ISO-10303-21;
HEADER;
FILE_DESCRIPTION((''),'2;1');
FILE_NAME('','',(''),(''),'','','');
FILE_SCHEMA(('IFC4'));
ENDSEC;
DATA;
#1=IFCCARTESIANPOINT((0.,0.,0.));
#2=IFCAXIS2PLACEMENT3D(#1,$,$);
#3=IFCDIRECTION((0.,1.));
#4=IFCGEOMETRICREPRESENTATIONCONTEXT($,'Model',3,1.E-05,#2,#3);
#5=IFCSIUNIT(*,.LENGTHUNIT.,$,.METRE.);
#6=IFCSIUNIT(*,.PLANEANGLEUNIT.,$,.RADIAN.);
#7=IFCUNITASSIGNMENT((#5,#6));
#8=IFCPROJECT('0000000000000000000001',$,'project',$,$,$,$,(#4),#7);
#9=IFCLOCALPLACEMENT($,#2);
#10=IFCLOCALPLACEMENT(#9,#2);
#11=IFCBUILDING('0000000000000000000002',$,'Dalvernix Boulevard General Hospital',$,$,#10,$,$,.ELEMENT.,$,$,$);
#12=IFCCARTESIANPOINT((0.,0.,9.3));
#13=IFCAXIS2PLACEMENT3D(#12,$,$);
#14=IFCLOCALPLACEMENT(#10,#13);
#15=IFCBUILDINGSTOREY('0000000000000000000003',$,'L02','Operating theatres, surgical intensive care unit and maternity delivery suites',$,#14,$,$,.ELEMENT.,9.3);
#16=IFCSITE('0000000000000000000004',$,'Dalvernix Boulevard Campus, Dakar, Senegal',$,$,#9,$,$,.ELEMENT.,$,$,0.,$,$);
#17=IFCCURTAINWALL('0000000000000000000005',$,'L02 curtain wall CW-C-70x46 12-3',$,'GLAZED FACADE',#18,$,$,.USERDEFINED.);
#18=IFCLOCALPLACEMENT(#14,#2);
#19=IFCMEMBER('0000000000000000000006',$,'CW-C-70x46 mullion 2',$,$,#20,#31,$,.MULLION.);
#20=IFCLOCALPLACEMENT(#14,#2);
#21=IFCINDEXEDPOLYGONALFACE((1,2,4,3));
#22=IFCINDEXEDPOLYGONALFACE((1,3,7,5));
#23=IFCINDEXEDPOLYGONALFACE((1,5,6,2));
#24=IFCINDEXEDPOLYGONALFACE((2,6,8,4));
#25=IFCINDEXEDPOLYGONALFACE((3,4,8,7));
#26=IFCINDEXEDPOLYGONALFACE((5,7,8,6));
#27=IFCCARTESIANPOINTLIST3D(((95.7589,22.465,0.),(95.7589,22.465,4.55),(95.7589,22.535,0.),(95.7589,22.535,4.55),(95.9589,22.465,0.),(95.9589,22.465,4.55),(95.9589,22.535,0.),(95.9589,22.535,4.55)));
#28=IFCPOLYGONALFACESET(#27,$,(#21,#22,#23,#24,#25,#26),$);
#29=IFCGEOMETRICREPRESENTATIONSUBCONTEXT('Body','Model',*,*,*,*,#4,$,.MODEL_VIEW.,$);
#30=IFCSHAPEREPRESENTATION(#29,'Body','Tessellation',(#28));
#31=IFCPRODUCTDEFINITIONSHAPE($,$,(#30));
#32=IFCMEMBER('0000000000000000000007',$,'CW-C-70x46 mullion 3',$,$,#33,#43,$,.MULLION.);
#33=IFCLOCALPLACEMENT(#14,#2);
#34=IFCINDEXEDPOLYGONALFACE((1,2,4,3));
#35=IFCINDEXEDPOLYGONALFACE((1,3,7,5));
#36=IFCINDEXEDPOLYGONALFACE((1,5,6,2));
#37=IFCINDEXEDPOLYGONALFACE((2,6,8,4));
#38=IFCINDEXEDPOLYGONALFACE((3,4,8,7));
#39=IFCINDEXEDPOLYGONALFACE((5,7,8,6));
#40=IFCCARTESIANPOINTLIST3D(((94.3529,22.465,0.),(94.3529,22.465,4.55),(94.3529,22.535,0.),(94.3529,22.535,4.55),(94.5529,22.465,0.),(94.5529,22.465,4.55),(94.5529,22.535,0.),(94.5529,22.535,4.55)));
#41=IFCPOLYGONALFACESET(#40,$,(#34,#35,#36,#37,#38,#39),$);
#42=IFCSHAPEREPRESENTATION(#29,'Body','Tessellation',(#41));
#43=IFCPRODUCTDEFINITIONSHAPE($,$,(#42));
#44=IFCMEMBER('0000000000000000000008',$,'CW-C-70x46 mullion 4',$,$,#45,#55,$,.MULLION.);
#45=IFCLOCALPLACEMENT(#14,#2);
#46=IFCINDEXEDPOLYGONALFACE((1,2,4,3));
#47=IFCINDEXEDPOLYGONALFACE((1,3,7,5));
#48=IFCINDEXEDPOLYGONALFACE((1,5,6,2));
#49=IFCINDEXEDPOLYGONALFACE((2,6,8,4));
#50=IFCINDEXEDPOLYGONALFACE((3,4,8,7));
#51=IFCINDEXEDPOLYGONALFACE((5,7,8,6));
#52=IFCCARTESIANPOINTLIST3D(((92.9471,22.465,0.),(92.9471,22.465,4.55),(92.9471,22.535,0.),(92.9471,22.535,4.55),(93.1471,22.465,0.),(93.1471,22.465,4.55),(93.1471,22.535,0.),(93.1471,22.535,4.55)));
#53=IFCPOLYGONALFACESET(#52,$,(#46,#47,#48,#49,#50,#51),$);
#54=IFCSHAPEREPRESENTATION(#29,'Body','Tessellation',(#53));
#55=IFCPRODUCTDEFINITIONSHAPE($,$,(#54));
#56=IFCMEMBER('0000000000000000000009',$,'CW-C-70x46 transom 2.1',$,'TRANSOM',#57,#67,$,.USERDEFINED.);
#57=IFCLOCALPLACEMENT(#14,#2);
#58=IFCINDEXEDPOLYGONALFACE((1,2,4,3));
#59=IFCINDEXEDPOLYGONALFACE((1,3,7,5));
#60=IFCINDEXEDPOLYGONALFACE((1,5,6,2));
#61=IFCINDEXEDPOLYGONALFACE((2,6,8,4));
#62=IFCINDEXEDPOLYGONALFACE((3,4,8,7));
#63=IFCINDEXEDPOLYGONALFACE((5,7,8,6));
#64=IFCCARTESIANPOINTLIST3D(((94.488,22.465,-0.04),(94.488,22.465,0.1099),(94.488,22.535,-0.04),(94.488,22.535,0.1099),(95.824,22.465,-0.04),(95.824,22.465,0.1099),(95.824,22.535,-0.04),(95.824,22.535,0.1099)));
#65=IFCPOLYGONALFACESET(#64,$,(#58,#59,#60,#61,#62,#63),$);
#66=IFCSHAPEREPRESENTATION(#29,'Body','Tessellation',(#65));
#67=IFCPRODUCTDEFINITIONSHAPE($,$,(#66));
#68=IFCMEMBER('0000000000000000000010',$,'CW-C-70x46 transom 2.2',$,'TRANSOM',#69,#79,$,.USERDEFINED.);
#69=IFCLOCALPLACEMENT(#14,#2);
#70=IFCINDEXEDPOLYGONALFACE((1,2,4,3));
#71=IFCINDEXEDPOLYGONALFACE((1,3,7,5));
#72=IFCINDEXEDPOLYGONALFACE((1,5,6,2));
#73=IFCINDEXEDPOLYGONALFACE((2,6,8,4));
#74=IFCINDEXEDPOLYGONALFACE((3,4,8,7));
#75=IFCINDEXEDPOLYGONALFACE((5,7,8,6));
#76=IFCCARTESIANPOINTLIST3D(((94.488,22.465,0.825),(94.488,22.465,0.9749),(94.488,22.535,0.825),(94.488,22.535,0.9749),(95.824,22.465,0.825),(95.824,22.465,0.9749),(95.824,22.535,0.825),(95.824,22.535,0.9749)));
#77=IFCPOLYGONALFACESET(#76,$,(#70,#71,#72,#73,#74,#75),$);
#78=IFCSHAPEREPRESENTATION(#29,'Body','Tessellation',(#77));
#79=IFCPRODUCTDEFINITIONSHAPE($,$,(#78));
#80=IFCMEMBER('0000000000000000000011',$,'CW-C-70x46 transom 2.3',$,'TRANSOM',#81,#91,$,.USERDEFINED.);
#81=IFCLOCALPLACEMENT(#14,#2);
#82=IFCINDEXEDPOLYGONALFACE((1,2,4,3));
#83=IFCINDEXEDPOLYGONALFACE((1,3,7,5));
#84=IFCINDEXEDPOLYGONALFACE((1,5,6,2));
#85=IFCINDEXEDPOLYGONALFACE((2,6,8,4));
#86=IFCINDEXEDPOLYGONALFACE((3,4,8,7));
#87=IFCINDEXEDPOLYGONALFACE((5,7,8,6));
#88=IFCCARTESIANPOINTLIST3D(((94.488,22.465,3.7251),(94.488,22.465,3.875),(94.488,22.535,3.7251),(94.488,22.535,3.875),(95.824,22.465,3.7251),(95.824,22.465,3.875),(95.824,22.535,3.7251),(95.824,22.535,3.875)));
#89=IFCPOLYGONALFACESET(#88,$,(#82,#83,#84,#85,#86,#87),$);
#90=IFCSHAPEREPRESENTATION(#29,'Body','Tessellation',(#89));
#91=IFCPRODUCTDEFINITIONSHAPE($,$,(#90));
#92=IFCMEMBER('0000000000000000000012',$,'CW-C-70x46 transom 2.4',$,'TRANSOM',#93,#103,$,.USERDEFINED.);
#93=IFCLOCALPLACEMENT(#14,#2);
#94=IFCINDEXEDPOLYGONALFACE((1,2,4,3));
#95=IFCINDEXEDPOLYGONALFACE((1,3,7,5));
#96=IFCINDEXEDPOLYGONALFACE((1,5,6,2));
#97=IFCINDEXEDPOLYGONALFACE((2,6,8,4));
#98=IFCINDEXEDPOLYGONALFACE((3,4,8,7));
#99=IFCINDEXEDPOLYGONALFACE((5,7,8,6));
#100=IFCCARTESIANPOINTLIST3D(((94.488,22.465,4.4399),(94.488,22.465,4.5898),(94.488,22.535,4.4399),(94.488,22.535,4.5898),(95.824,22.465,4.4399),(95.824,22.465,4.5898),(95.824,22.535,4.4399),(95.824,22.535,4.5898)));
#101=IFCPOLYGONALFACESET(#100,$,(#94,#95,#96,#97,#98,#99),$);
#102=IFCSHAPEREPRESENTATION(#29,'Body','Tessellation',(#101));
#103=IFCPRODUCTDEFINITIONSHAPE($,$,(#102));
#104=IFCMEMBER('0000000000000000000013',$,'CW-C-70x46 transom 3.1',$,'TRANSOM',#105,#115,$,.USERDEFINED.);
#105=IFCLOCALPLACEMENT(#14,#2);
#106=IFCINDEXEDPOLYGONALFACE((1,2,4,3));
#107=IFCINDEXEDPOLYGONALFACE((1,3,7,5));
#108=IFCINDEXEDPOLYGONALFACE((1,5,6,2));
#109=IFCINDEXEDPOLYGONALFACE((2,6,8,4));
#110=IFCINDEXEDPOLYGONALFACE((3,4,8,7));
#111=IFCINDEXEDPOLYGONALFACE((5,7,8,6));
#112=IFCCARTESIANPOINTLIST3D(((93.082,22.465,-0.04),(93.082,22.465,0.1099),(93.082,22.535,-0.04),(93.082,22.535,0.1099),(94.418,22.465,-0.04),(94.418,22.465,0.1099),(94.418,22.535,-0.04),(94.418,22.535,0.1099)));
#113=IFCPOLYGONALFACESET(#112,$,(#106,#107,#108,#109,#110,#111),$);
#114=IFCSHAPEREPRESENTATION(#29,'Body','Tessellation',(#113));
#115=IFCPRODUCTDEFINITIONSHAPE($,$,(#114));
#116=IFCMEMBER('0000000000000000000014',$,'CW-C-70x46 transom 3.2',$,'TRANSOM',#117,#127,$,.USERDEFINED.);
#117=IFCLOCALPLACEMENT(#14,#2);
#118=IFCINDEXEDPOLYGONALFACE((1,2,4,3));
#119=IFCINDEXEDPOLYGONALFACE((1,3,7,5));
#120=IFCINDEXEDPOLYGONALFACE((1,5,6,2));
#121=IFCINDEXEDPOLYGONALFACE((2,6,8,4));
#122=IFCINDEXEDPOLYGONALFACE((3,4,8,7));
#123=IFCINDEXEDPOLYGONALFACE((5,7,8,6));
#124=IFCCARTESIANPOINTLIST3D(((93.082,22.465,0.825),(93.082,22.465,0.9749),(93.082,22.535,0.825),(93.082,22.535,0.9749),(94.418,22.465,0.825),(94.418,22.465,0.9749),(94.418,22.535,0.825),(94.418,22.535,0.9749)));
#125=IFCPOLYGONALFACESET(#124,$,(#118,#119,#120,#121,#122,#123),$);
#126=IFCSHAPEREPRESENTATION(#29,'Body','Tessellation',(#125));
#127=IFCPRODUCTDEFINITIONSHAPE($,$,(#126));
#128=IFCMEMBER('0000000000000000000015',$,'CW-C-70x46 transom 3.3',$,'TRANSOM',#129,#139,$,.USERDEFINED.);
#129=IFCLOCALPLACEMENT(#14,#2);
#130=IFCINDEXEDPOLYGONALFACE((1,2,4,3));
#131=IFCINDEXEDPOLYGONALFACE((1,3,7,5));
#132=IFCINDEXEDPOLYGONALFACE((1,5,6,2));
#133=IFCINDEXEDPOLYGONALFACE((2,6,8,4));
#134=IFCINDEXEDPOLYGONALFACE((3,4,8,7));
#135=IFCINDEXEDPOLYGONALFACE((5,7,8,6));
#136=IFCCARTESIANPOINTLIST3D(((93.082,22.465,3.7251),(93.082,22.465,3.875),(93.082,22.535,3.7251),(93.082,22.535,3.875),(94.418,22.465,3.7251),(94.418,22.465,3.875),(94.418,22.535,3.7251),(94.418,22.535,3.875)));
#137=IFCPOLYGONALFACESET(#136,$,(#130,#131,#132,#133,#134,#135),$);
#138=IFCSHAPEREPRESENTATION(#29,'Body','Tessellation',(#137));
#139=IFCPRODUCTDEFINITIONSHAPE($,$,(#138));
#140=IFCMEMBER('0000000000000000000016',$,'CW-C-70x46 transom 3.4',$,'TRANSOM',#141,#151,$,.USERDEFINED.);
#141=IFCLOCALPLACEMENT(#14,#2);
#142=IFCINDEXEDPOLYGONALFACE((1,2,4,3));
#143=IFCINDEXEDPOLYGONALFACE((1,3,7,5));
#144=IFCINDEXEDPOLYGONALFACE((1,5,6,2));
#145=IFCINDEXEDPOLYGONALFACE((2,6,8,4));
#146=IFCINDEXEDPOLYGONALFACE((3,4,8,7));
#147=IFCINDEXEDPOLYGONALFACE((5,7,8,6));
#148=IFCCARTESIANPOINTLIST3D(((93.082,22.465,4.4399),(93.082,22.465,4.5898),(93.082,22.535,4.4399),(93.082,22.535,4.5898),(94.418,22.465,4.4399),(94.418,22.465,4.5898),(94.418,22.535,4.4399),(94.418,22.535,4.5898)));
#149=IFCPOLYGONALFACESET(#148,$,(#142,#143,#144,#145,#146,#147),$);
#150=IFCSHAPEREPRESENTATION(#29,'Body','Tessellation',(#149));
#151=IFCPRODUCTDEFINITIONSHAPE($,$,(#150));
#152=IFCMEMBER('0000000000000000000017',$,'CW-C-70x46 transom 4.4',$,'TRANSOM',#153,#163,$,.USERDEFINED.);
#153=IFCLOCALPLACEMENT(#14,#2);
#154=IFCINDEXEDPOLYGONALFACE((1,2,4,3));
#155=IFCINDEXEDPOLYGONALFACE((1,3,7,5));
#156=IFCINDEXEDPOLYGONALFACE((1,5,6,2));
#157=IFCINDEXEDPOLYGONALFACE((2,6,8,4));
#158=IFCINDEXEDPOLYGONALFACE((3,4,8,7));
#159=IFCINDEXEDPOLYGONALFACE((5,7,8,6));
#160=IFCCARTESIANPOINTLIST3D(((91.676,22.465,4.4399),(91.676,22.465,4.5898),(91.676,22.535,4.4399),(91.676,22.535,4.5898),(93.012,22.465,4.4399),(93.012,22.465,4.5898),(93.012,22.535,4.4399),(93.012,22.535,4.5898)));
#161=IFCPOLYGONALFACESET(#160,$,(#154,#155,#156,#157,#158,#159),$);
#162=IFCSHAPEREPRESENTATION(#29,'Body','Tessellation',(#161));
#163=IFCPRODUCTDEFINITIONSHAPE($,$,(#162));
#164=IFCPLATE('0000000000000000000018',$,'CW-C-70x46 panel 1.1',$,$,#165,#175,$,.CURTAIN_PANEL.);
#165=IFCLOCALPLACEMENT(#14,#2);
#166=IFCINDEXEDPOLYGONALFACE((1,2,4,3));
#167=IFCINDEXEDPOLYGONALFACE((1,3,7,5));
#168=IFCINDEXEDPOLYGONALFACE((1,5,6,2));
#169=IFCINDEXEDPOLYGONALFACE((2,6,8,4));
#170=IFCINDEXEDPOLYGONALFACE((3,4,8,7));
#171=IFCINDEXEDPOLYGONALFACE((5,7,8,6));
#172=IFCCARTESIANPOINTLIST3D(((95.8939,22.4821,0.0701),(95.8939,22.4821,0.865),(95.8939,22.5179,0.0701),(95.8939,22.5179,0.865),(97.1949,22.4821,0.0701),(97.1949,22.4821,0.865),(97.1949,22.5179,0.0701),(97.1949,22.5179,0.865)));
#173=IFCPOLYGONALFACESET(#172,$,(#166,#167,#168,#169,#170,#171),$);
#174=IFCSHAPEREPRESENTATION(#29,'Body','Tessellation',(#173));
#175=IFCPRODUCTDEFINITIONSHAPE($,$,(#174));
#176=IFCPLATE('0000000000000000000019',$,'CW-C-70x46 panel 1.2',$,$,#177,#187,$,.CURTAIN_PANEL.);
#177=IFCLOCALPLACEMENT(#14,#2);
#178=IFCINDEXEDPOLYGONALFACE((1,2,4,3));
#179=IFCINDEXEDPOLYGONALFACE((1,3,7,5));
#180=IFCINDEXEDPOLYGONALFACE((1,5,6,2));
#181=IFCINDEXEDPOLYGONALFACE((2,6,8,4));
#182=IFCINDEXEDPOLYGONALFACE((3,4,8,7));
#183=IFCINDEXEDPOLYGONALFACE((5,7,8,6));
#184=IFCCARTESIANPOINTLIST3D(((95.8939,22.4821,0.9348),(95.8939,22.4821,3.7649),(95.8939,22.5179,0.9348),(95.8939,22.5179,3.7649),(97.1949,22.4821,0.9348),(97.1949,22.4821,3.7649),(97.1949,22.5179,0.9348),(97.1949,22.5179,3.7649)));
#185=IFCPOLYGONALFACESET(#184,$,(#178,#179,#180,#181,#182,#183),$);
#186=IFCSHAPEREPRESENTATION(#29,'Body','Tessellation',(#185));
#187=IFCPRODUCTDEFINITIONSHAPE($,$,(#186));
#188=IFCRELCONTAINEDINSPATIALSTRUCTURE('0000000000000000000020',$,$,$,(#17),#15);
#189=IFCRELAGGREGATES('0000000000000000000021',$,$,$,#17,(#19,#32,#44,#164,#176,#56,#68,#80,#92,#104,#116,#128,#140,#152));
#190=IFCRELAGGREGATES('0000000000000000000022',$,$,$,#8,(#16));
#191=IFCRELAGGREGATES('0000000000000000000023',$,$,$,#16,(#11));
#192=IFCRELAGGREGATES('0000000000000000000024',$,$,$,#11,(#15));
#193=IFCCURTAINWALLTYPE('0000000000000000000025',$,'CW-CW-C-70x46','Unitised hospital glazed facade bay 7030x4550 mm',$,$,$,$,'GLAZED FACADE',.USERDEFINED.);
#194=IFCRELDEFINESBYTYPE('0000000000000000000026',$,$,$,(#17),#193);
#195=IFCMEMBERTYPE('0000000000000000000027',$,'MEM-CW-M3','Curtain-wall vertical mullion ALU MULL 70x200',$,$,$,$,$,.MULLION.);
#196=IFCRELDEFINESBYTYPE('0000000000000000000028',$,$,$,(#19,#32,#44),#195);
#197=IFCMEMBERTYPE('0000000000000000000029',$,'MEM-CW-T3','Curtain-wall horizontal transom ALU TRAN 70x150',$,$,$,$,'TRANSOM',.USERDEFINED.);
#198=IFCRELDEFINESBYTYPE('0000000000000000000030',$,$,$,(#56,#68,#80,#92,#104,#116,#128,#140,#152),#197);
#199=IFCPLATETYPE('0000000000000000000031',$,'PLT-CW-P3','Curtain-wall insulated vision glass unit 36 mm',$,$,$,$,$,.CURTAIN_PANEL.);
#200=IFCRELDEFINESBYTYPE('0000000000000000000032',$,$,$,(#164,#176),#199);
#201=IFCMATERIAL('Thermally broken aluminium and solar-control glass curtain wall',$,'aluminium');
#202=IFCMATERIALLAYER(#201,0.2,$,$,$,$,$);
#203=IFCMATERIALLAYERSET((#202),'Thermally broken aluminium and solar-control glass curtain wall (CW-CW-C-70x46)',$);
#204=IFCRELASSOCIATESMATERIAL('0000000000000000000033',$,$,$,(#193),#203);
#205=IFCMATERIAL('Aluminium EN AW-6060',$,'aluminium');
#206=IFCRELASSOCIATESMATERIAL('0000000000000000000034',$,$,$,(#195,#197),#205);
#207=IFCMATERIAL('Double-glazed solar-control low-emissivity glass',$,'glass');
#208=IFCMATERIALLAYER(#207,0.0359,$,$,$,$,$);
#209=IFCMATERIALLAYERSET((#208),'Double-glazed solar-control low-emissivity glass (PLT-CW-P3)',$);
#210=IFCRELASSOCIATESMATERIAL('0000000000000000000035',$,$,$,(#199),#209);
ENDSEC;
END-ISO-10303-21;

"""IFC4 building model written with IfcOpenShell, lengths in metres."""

from ifc_helpers import new_model, si_unit, direction, frame, origin, origin_2d, place, context, subcontext, project, spatial, rectangle, extrude, material, layer, layer_set, material_profile, profile_set, type_object, element, aggregate, save


model = new_model("IFC4")

# Units and contexts
model_context = context("Model", 3, precision=1e-05, world=origin(), true_north=direction((0.0, 1.0)))
body_context = subcontext(model_context, "Body", "Model", "MODEL_VIEW")
ifc_project = project(units=[si_unit("LENGTHUNIT", "METRE"), si_unit("PLANEANGLEUNIT", "RADIAN")], contexts=[model_context])

# Site, building, storey
site_placement = place(None, origin())
site = spatial("IfcSite", under=ifc_project, at=site_placement, Name="Dalvernix Boulevard Campus, Dakar, Senegal", CompositionType="ELEMENT", RefElevation=0.0)
building_placement = place(site_placement, origin())
building = spatial("IfcBuilding", under=site, at=building_placement, Name="Dalvernix Boulevard General Hospital", CompositionType="ELEMENT")
storey_placement = place(building_placement, frame((0.0, 0.0, 9.3)))
storey = spatial("IfcBuildingStorey", under=building, at=storey_placement, Name="L02", Description="Operating theatres, surgical intensive care unit and maternity delivery suites", CompositionType="ELEMENT", Elevation=9.3)

# Curtain wall, members, plates
ifc_material_1 = material(Name="Thermally broken aluminium and solar-control glass curtain wall", Category="aluminium")
ifc_layer_1 = layer(ifc_material_1, 0.2)
ifc_layer_set_1 = layer_set([ifc_layer_1], Name="Thermally broken aluminium and solar-control glass curtain wall (CW-CW-C-70x46)")
curtain_wall_type = type_object("IfcCurtainWallType", Name="CW-CW-C-70x46", Description="Unitised hospital glazed facade bay 7030x4550 mm", ElementType="GLAZED FACADE", PredefinedType="USERDEFINED", material=ifc_layer_set_1)
curtain_wall_placement = place(storey_placement, origin())
curtain_wall = element("IfcCurtainWall", 1, at=curtain_wall_placement, inside=storey, type_object=curtain_wall_type, Name="L02 curtain wall CW-C-70x46 12-3", ObjectType="GLAZED FACADE", PredefinedType="USERDEFINED")
ifc_material_2 = material(Name="Aluminium EN AW-6060", Category="aluminium")
ifc_material_profile_1 = material_profile(ifc_material_2, rectangle(XDim=0.0701, YDim=0.2, at=origin_2d()), Name="ALU MULL 70x200")
ifc_profile_set_1 = profile_set([ifc_material_profile_1], Name="Aluminium EN AW-6060")
member_type_1 = type_object("IfcMemberType", Name="MEM-CW-M3", Description="Curtain-wall vertical mullion ALU MULL 70x200", PredefinedType="MULLION", material=ifc_profile_set_1)
member_1_placement = place(storey_placement, frame((95.8589, 22.5, 0.0), z_axis=(0.0, 0.0, 1.0), x_axis=(0.0, -1.0, 0.0)))
member_1 = element("IfcMember", 2, at=member_1_placement, type_object=member_type_1, Name="CW-C-70x46 mullion 2", PredefinedType="MULLION", context=body_context, shape_type="SweptSolid", body=[
    extrude(rectangle(XDim=0.0701, YDim=0.2, at=origin_2d()), origin(), (0.0, 0.0, 1.0), 4.55),
])
member_2_placement = place(storey_placement, frame((94.4529, 22.5, 0.0), z_axis=(0.0, 0.0, 1.0), x_axis=(0.0, -1.0, 0.0)))
member_2 = element("IfcMember", 3, at=member_2_placement, type_object=member_type_1, Name="CW-C-70x46 mullion 3", PredefinedType="MULLION", context=body_context, shape_type="SweptSolid", body=[
    extrude(rectangle(XDim=0.0701, YDim=0.2, at=origin_2d()), origin(), (0.0, 0.0, 1.0), 4.55),
])
member_3_placement = place(storey_placement, frame((93.0471, 22.5, 0.0), z_axis=(0.0, 0.0, 1.0), x_axis=(0.0, -1.0, 0.0)))
member_3 = element("IfcMember", 4, at=member_3_placement, type_object=member_type_1, Name="CW-C-70x46 mullion 4", PredefinedType="MULLION", context=body_context, shape_type="SweptSolid", body=[
    extrude(rectangle(XDim=0.0701, YDim=0.2, at=origin_2d()), origin(), (0.0, 0.0, 1.0), 4.55),
])
ifc_material_profile_2 = material_profile(ifc_material_2, rectangle(XDim=0.0701, YDim=0.1499, at=origin_2d()), Name="ALU TRAN 70x150")
ifc_profile_set_2 = profile_set([ifc_material_profile_2], Name="Aluminium EN AW-6060")
member_type_2 = type_object("IfcMemberType", Name="MEM-CW-T3", Description="Curtain-wall horizontal transom ALU TRAN 70x150", ElementType="TRANSOM", PredefinedType="USERDEFINED", material=ifc_profile_set_2)
member_4_placement = place(storey_placement, frame((95.824, 22.5, 0.0349), z_axis=(-1.0, 0.0, 0.0), x_axis=(0.0, -1.0, 0.0)))
member_4 = element("IfcMember", 5, at=member_4_placement, type_object=member_type_2, Name="CW-C-70x46 transom 2.1", ObjectType="TRANSOM", PredefinedType="USERDEFINED", context=body_context, shape_type="SweptSolid", body=[
    extrude(rectangle(XDim=0.0701, YDim=0.1499, at=origin_2d()), origin(), (0.0, 0.0, 1.0), 1.3359),
])
member_5_placement = place(storey_placement, frame((95.824, 22.5, 0.8999), z_axis=(-1.0, 0.0, 0.0), x_axis=(0.0, -1.0, 0.0)))
member_5 = element("IfcMember", 6, at=member_5_placement, type_object=member_type_2, Name="CW-C-70x46 transom 2.2", ObjectType="TRANSOM", PredefinedType="USERDEFINED", context=body_context, shape_type="SweptSolid", body=[
    extrude(rectangle(XDim=0.0701, YDim=0.1499, at=origin_2d()), origin(), (0.0, 0.0, 1.0), 1.3359),
])
member_6_placement = place(storey_placement, frame((95.824, 22.5, 3.8), z_axis=(-1.0, 0.0, 0.0), x_axis=(0.0, -1.0, 0.0)))
member_6 = element("IfcMember", 7, at=member_6_placement, type_object=member_type_2, Name="CW-C-70x46 transom 2.3", ObjectType="TRANSOM", PredefinedType="USERDEFINED", context=body_context, shape_type="SweptSolid", body=[
    extrude(rectangle(XDim=0.0701, YDim=0.1499, at=origin_2d()), origin(), (0.0, 0.0, 1.0), 1.3359),
])
member_7_placement = place(storey_placement, frame((95.824, 22.5, 4.5149), z_axis=(-1.0, 0.0, 0.0), x_axis=(0.0, -1.0, 0.0)))
member_7 = element("IfcMember", 8, at=member_7_placement, type_object=member_type_2, Name="CW-C-70x46 transom 2.4", ObjectType="TRANSOM", PredefinedType="USERDEFINED", context=body_context, shape_type="SweptSolid", body=[
    extrude(rectangle(XDim=0.0701, YDim=0.1499, at=origin_2d()), origin(), (0.0, 0.0, 1.0), 1.3359),
])
member_8_placement = place(storey_placement, frame((94.418, 22.5, 0.0349), z_axis=(-1.0, 0.0, 0.0), x_axis=(0.0, -1.0, 0.0)))
member_8 = element("IfcMember", 9, at=member_8_placement, type_object=member_type_2, Name="CW-C-70x46 transom 3.1", ObjectType="TRANSOM", PredefinedType="USERDEFINED", context=body_context, shape_type="SweptSolid", body=[
    extrude(rectangle(XDim=0.0701, YDim=0.1499, at=origin_2d()), origin(), (0.0, 0.0, 1.0), 1.3359),
])
member_9_placement = place(storey_placement, frame((94.418, 22.5, 0.8999), z_axis=(-1.0, 0.0, 0.0), x_axis=(0.0, -1.0, 0.0)))
member_9 = element("IfcMember", 10, at=member_9_placement, type_object=member_type_2, Name="CW-C-70x46 transom 3.2", ObjectType="TRANSOM", PredefinedType="USERDEFINED", context=body_context, shape_type="SweptSolid", body=[
    extrude(rectangle(XDim=0.0701, YDim=0.1499, at=origin_2d()), origin(), (0.0, 0.0, 1.0), 1.3359),
])
member_10_placement = place(storey_placement, frame((94.418, 22.5, 3.8), z_axis=(-1.0, 0.0, 0.0), x_axis=(0.0, -1.0, 0.0)))
member_10 = element("IfcMember", 11, at=member_10_placement, type_object=member_type_2, Name="CW-C-70x46 transom 3.3", ObjectType="TRANSOM", PredefinedType="USERDEFINED", context=body_context, shape_type="SweptSolid", body=[
    extrude(rectangle(XDim=0.0701, YDim=0.1499, at=origin_2d()), origin(), (0.0, 0.0, 1.0), 1.3359),
])
member_11_placement = place(storey_placement, frame((94.418, 22.5, 4.5149), z_axis=(-1.0, 0.0, 0.0), x_axis=(0.0, -1.0, 0.0)))
member_11 = element("IfcMember", 12, at=member_11_placement, type_object=member_type_2, Name="CW-C-70x46 transom 3.4", ObjectType="TRANSOM", PredefinedType="USERDEFINED", context=body_context, shape_type="SweptSolid", body=[
    extrude(rectangle(XDim=0.0701, YDim=0.1499, at=origin_2d()), origin(), (0.0, 0.0, 1.0), 1.3359),
])
member_12_placement = place(storey_placement, frame((93.012, 22.5, 4.5149), z_axis=(-1.0, 0.0, 0.0), x_axis=(0.0, -1.0, 0.0)))
member_12 = element("IfcMember", 13, at=member_12_placement, type_object=member_type_2, Name="CW-C-70x46 transom 4.4", ObjectType="TRANSOM", PredefinedType="USERDEFINED", context=body_context, shape_type="SweptSolid", body=[
    extrude(rectangle(XDim=0.0701, YDim=0.1499, at=origin_2d()), origin(), (0.0, 0.0, 1.0), 1.3359),
])
ifc_material_3 = material(Name="Double-glazed solar-control low-emissivity glass", Category="glass")
ifc_layer_2 = layer(ifc_material_3, 0.0359)
ifc_layer_set_2 = layer_set([ifc_layer_2], Name="Double-glazed solar-control low-emissivity glass (PLT-CW-P3)")
plate_type = type_object("IfcPlateType", Name="PLT-CW-P3", Description="Curtain-wall insulated vision glass unit 36 mm", PredefinedType="CURTAIN_PANEL", material=ifc_layer_set_2)
plate_1_placement = place(storey_placement, frame((96.5444, 22.5, 0.0701), z_axis=(0.0, 0.0, 1.0), x_axis=(-1.0, 0.0, 0.0)))
plate_1 = element("IfcPlate", 14, at=plate_1_placement, type_object=plate_type, Name="CW-C-70x46 panel 1.1", PredefinedType="CURTAIN_PANEL", context=body_context, shape_type="SweptSolid", body=[
    extrude(rectangle(XDim=1.301, YDim=0.0359, at=origin_2d()), origin(), (0.0, 0.0, 1.0), 0.7949),
])
plate_2_placement = place(storey_placement, frame((96.5444, 22.5, 0.9348), z_axis=(0.0, 0.0, 1.0), x_axis=(-1.0, 0.0, 0.0)))
plate_2 = element("IfcPlate", 15, at=plate_2_placement, type_object=plate_type, Name="CW-C-70x46 panel 1.2", PredefinedType="CURTAIN_PANEL", context=body_context, shape_type="SweptSolid", body=[
    extrude(rectangle(XDim=1.301, YDim=0.0359, at=origin_2d()), origin(), (0.0, 0.0, 1.0), 2.8301),
])
aggregate(curtain_wall, [member_1, member_2, member_3, plate_1, plate_2, member_4, member_5, member_6, member_7, member_8, member_9, member_10, member_11, member_12])

save(model, "model.ifc")
